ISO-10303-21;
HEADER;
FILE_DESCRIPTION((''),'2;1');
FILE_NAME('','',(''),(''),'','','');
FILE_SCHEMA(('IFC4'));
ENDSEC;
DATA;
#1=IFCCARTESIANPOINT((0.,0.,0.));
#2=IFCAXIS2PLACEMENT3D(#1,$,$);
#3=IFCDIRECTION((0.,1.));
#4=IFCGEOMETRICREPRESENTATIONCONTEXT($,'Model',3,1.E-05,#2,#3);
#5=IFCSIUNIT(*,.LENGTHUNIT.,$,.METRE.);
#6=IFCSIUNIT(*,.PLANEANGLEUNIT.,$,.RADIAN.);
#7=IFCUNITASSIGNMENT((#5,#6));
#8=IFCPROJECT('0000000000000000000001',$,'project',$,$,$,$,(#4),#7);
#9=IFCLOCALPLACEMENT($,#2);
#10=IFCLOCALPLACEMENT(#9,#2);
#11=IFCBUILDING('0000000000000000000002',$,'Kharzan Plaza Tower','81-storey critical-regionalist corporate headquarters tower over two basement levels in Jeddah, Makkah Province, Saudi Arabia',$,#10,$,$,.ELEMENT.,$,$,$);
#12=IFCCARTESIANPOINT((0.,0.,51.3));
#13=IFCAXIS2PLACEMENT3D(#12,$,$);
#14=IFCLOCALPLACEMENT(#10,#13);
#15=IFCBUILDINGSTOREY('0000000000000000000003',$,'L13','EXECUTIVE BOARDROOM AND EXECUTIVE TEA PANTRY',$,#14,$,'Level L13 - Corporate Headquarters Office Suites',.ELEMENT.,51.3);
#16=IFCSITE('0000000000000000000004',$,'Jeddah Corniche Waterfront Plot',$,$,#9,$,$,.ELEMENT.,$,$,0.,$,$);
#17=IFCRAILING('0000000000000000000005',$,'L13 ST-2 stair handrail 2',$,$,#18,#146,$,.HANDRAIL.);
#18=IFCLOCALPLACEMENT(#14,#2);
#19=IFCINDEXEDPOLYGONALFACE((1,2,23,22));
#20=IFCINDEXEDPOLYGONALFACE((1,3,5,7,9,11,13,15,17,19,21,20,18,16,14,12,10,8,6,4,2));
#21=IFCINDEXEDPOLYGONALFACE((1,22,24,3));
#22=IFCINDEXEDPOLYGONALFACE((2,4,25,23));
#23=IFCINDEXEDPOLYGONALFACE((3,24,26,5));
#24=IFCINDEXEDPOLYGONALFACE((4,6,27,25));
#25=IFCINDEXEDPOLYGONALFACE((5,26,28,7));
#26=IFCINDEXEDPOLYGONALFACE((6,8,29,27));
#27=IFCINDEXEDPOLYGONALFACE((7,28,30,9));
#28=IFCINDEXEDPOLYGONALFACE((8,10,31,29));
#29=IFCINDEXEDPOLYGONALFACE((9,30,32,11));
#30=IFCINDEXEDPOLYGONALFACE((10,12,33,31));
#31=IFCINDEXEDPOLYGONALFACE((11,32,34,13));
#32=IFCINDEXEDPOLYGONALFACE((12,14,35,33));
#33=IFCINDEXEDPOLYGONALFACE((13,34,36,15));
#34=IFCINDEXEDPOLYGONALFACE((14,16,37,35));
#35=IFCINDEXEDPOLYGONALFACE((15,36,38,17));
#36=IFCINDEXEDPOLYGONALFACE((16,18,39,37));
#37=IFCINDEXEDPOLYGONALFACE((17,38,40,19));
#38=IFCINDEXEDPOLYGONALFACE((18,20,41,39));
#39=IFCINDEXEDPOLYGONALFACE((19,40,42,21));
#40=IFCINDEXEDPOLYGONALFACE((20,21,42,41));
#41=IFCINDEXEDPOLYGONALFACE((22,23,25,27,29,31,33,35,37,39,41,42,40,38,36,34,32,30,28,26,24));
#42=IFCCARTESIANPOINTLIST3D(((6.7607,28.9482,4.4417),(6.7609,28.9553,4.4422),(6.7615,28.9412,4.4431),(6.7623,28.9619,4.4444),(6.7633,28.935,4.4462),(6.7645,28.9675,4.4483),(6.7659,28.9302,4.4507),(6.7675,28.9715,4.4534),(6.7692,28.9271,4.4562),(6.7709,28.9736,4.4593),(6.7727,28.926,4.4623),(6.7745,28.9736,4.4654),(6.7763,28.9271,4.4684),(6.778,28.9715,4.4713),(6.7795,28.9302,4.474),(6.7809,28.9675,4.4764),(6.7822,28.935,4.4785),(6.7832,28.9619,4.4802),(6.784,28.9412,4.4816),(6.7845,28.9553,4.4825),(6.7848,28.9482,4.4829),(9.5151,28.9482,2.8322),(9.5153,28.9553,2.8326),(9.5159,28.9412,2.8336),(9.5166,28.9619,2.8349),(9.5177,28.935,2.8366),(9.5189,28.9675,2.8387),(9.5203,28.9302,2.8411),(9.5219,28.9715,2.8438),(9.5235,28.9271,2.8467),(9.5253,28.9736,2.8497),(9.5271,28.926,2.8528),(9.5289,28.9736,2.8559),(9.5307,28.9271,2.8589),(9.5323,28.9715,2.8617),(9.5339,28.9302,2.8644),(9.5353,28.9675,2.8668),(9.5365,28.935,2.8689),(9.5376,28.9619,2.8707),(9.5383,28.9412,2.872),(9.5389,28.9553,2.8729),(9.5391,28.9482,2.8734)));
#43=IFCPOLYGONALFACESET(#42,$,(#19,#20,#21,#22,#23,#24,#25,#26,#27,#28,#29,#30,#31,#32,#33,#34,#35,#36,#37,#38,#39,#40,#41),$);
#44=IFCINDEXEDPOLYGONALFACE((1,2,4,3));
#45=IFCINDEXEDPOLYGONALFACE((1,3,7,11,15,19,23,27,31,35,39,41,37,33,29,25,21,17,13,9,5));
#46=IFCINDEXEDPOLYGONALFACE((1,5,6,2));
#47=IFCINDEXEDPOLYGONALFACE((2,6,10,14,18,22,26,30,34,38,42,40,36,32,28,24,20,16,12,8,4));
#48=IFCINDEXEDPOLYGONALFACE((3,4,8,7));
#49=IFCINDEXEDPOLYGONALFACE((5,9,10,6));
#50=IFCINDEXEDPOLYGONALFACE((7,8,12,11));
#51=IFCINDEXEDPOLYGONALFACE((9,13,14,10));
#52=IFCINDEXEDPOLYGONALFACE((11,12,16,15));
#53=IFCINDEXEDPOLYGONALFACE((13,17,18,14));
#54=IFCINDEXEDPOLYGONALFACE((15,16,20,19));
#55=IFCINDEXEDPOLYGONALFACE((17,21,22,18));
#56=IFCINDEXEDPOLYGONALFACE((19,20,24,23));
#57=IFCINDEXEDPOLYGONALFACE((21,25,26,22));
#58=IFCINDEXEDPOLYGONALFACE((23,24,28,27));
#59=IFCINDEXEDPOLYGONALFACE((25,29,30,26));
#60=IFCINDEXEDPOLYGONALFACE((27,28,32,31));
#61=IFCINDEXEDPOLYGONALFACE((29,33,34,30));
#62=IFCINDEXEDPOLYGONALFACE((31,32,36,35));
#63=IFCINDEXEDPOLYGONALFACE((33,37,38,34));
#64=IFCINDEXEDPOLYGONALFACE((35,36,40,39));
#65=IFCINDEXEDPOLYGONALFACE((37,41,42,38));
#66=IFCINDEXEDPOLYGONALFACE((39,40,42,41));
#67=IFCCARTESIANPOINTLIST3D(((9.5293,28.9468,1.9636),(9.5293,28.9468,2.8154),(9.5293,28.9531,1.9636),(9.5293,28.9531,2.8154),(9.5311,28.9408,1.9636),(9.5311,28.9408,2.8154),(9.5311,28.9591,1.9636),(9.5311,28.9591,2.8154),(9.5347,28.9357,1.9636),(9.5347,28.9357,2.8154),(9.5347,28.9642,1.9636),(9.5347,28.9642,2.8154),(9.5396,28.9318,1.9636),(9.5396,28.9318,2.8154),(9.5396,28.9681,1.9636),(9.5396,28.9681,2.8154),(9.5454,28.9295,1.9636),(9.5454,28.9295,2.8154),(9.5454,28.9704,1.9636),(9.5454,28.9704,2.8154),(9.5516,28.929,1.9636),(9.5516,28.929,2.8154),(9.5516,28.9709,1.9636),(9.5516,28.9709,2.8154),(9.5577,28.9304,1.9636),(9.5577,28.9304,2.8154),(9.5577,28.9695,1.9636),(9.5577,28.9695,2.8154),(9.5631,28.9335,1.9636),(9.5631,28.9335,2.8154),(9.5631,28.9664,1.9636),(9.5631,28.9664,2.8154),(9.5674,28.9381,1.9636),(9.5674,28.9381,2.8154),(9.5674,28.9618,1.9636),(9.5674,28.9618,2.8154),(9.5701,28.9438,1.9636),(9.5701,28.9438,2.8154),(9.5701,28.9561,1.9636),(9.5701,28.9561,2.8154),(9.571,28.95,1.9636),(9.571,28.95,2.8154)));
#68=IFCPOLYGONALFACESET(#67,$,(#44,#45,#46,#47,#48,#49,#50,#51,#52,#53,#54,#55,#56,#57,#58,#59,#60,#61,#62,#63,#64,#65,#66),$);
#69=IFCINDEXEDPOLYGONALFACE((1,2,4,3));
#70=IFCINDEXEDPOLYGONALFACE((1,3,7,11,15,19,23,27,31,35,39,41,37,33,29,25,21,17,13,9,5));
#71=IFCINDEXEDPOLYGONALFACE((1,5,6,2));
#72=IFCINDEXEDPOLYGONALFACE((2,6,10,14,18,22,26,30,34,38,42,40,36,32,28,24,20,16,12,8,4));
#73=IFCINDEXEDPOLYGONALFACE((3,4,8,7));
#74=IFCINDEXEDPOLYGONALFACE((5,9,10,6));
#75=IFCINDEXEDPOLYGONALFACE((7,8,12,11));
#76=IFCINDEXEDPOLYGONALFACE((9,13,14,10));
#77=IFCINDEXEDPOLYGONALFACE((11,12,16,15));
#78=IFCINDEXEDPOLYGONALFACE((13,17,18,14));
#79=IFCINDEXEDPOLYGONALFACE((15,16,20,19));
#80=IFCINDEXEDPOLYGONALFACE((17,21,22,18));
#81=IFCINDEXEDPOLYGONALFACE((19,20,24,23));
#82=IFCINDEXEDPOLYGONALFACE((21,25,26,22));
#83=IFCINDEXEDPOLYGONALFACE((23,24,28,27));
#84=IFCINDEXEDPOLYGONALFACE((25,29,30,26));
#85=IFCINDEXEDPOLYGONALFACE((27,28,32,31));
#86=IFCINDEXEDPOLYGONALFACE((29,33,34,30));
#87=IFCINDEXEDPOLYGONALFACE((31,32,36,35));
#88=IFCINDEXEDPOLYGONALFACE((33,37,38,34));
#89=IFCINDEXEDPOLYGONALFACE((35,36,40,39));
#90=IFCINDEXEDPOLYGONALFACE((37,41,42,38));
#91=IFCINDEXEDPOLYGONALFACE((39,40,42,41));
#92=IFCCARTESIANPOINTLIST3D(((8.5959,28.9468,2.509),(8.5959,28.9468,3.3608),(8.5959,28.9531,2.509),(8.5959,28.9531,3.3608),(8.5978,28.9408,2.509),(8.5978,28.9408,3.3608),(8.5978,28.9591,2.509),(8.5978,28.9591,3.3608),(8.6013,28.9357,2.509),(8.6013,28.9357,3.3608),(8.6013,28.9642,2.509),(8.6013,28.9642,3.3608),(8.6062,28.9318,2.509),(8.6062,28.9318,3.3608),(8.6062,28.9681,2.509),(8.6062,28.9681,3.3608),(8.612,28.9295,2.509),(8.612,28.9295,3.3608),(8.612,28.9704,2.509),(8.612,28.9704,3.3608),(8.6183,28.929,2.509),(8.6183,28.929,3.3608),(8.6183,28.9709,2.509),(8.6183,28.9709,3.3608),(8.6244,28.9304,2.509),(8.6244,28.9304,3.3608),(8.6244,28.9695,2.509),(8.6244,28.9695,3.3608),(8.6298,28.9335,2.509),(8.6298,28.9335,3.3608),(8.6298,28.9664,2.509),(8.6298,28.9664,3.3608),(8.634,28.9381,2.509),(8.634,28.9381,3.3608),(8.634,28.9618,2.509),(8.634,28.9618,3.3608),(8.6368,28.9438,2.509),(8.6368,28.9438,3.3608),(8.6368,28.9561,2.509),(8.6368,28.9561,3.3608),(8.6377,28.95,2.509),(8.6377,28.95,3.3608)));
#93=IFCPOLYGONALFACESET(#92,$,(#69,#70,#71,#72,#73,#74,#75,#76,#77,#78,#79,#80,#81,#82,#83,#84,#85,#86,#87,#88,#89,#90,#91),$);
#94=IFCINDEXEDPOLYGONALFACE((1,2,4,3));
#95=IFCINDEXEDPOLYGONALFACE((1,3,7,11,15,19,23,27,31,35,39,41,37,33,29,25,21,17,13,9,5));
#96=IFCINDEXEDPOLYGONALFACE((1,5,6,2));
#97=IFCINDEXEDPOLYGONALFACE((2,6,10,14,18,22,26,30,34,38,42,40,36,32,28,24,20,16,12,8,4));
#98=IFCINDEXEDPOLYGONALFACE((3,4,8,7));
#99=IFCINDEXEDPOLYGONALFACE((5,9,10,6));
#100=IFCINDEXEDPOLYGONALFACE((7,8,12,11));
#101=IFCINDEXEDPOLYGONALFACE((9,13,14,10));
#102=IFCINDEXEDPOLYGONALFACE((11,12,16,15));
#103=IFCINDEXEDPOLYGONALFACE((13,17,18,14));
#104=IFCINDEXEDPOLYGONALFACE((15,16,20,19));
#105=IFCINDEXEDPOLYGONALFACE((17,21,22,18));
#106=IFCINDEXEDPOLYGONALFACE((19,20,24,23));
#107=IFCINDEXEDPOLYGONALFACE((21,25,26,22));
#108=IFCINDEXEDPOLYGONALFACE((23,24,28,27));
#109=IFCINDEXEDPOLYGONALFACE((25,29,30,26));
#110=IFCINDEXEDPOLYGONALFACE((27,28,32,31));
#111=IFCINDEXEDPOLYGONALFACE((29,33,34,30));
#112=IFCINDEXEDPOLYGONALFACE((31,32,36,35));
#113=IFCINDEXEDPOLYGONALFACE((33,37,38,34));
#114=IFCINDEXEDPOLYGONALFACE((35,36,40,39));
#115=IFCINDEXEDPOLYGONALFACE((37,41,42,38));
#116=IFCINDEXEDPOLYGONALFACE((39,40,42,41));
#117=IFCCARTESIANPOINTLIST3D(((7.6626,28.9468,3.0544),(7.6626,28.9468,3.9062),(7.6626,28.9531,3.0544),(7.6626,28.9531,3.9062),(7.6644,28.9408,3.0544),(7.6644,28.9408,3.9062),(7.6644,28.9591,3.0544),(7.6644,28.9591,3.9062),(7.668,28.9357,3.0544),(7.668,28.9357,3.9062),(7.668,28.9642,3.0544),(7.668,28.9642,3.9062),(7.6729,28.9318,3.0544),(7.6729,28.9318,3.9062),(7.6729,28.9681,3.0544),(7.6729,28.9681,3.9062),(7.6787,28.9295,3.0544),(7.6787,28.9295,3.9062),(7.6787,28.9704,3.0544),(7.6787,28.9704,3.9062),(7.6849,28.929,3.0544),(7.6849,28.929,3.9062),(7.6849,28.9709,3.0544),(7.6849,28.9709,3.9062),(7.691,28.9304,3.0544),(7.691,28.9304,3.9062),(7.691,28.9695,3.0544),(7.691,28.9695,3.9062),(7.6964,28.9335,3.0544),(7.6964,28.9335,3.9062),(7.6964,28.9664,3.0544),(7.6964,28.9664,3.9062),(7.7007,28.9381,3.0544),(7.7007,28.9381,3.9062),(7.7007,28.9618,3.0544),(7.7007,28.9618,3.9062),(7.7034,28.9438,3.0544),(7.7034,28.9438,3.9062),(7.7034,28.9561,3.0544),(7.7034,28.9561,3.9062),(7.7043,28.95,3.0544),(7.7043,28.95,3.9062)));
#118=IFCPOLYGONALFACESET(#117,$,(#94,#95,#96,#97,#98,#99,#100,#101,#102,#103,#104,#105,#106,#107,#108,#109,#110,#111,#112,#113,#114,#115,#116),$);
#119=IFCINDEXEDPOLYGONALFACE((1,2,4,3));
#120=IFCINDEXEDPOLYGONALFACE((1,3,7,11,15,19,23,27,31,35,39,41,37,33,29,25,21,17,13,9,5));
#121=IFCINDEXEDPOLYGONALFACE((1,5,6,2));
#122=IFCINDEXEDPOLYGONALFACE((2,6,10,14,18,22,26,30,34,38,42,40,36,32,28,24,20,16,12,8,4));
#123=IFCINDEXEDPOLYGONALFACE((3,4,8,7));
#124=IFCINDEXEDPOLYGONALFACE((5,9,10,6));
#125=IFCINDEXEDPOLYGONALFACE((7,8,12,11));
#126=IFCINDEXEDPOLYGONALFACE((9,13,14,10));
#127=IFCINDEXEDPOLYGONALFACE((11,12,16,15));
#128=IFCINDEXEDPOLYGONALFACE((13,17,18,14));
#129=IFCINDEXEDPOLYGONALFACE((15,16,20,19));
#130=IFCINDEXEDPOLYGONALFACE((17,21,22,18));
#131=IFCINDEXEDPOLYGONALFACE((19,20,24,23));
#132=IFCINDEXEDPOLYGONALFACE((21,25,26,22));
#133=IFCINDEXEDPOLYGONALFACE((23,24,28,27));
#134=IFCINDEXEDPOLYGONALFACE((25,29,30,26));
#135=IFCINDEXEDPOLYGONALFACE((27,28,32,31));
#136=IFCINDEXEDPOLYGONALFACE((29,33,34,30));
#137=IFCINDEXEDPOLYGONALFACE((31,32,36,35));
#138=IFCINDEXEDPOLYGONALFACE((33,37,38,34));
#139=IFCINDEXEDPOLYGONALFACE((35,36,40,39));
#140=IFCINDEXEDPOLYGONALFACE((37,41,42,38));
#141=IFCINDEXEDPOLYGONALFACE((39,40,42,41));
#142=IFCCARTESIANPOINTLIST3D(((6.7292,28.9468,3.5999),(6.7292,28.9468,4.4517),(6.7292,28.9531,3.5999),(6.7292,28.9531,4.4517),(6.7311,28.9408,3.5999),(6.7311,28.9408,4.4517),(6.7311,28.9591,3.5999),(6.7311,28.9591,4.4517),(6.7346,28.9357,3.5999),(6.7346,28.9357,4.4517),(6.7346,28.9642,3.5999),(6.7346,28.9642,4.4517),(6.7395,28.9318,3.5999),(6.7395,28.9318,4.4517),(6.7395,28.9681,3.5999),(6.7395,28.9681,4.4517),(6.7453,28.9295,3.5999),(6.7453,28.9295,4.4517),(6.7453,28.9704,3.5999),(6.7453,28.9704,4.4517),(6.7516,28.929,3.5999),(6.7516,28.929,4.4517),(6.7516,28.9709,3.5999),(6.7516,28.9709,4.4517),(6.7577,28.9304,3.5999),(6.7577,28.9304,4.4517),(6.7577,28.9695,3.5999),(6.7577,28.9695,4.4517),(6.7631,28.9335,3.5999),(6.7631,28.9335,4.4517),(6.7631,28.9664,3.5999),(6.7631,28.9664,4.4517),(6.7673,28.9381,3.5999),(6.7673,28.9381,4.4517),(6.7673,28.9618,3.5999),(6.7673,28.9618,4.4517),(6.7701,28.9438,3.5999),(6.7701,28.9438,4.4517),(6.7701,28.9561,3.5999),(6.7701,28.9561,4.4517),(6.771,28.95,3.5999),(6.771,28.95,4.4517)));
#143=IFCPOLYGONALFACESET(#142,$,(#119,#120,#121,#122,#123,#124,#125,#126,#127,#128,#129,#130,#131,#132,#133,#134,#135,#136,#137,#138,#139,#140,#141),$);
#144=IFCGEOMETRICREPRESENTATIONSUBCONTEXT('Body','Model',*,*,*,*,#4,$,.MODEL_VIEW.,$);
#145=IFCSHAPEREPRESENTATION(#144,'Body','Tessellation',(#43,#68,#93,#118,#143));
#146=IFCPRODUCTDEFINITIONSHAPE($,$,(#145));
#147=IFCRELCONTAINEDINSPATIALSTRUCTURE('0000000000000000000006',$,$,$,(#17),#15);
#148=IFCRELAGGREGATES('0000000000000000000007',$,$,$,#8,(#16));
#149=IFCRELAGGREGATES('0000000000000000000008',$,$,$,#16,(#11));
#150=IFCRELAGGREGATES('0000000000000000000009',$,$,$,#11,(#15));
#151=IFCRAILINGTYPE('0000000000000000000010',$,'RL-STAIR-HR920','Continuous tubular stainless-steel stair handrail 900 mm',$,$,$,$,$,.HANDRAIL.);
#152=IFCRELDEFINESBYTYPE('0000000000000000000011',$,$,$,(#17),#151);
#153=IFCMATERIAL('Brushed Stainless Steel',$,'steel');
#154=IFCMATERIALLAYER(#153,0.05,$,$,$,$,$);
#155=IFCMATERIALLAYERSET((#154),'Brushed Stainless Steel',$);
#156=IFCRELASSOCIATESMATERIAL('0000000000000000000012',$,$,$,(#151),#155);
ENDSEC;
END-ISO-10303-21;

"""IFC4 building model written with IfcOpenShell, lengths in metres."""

from ifc_helpers import new_model, si_unit, direction, frame, origin, origin_2d, place, context, subcontext, project, spatial, circle, extrude, source, transform, mapped, material, layer, layer_set, type_object, element, save


model = new_model("IFC4")

# Units and contexts
model_context = context("Model", 3, precision=1e-05, world=origin(), true_north=direction((0.0, 1.0)))
body_context = subcontext(model_context, "Body", "Model", "MODEL_VIEW")
ifc_project = project(units=[si_unit("LENGTHUNIT", "METRE"), si_unit("PLANEANGLEUNIT", "RADIAN")], contexts=[model_context])

# Site, building, storey
site_placement = place(None, origin())
site = spatial("IfcSite", under=ifc_project, at=site_placement, Name="Jeddah Corniche Waterfront Plot", CompositionType="ELEMENT", RefElevation=0.0)
building_placement = place(site_placement, origin())
building = spatial("IfcBuilding", under=site, at=building_placement, Name="Kharzan Plaza Tower", Description="81-storey critical-regionalist corporate headquarters tower over two basement levels in Jeddah, Makkah Province, Saudi Arabia", CompositionType="ELEMENT")
storey_placement = place(building_placement, frame((0.0, 0.0, 51.3)))
storey = spatial("IfcBuildingStorey", under=building, at=storey_placement, Name="L13", Description="EXECUTIVE BOARDROOM AND EXECUTIVE TEA PANTRY", LongName="Level L13 - Corporate Headquarters Office Suites", CompositionType="ELEMENT", Elevation=51.3)

# Shared definitions
ifc_material_1 = material(Name="Brushed Stainless Steel", Category="steel")

# Railing
ifc_layer_1 = layer(ifc_material_1, 0.05)
ifc_layer_set_1 = layer_set([ifc_layer_1], Name="Brushed Stainless Steel")
railing_type_1 = type_object("IfcRailingType", Name="RL-STAIR-HR920", Description="Continuous tubular stainless-steel stair handrail 900 mm", PredefinedType="HANDRAIL", material=ifc_layer_set_1)
shared_shape_1 = source(origin(), body_context, "Body", "SweptSolid", [
    extrude(circle(Radius=0.0239, at=origin_2d()), frame((-0.0229, 0.0, 0.8892), z_axis=(-0.863394, 0.0, 0.504531), x_axis=(0.0, -1.0, 0.0)), (0.0, 0.0, 1.0), 3.1902),
    extrude(circle(Radius=0.021, at=origin_2d()), origin(), (0.0, 0.0, 1.0), 0.8518),
    extrude(circle(Radius=0.021, at=origin_2d()), frame((-0.9333, 0.0, 0.5454)), (0.0, 0.0, 1.0), 0.8518),
    extrude(circle(Radius=0.021, at=origin_2d()), frame((-1.8667, 0.0, 1.0908)), (0.0, 0.0, 1.0), 0.8518),
    extrude(circle(Radius=0.021, at=origin_2d()), frame((-2.8, 0.0, 1.6362)), (0.0, 0.0, 1.0), 0.8518),
])
railing_1_placement = place(storey_placement, frame((9.55, 28.95, 1.9636)))
element("IfcRailing", 1, at=railing_1_placement, inside=storey, type_object=railing_type_1, Name="L13 ST-2 stair handrail 2", PredefinedType="HANDRAIL", context=body_context, shape_type="MappedRepresentation", body=[
    mapped(shared_shape_1, transform((0.0, 0.0, 0.0), x_axis=(1.0, 0.0, 0.0), y_axis=(0.0, 1.0, 0.0), z_axis=(0.0, 0.0, 1.0))),
])

save(model, "model.ifc")
